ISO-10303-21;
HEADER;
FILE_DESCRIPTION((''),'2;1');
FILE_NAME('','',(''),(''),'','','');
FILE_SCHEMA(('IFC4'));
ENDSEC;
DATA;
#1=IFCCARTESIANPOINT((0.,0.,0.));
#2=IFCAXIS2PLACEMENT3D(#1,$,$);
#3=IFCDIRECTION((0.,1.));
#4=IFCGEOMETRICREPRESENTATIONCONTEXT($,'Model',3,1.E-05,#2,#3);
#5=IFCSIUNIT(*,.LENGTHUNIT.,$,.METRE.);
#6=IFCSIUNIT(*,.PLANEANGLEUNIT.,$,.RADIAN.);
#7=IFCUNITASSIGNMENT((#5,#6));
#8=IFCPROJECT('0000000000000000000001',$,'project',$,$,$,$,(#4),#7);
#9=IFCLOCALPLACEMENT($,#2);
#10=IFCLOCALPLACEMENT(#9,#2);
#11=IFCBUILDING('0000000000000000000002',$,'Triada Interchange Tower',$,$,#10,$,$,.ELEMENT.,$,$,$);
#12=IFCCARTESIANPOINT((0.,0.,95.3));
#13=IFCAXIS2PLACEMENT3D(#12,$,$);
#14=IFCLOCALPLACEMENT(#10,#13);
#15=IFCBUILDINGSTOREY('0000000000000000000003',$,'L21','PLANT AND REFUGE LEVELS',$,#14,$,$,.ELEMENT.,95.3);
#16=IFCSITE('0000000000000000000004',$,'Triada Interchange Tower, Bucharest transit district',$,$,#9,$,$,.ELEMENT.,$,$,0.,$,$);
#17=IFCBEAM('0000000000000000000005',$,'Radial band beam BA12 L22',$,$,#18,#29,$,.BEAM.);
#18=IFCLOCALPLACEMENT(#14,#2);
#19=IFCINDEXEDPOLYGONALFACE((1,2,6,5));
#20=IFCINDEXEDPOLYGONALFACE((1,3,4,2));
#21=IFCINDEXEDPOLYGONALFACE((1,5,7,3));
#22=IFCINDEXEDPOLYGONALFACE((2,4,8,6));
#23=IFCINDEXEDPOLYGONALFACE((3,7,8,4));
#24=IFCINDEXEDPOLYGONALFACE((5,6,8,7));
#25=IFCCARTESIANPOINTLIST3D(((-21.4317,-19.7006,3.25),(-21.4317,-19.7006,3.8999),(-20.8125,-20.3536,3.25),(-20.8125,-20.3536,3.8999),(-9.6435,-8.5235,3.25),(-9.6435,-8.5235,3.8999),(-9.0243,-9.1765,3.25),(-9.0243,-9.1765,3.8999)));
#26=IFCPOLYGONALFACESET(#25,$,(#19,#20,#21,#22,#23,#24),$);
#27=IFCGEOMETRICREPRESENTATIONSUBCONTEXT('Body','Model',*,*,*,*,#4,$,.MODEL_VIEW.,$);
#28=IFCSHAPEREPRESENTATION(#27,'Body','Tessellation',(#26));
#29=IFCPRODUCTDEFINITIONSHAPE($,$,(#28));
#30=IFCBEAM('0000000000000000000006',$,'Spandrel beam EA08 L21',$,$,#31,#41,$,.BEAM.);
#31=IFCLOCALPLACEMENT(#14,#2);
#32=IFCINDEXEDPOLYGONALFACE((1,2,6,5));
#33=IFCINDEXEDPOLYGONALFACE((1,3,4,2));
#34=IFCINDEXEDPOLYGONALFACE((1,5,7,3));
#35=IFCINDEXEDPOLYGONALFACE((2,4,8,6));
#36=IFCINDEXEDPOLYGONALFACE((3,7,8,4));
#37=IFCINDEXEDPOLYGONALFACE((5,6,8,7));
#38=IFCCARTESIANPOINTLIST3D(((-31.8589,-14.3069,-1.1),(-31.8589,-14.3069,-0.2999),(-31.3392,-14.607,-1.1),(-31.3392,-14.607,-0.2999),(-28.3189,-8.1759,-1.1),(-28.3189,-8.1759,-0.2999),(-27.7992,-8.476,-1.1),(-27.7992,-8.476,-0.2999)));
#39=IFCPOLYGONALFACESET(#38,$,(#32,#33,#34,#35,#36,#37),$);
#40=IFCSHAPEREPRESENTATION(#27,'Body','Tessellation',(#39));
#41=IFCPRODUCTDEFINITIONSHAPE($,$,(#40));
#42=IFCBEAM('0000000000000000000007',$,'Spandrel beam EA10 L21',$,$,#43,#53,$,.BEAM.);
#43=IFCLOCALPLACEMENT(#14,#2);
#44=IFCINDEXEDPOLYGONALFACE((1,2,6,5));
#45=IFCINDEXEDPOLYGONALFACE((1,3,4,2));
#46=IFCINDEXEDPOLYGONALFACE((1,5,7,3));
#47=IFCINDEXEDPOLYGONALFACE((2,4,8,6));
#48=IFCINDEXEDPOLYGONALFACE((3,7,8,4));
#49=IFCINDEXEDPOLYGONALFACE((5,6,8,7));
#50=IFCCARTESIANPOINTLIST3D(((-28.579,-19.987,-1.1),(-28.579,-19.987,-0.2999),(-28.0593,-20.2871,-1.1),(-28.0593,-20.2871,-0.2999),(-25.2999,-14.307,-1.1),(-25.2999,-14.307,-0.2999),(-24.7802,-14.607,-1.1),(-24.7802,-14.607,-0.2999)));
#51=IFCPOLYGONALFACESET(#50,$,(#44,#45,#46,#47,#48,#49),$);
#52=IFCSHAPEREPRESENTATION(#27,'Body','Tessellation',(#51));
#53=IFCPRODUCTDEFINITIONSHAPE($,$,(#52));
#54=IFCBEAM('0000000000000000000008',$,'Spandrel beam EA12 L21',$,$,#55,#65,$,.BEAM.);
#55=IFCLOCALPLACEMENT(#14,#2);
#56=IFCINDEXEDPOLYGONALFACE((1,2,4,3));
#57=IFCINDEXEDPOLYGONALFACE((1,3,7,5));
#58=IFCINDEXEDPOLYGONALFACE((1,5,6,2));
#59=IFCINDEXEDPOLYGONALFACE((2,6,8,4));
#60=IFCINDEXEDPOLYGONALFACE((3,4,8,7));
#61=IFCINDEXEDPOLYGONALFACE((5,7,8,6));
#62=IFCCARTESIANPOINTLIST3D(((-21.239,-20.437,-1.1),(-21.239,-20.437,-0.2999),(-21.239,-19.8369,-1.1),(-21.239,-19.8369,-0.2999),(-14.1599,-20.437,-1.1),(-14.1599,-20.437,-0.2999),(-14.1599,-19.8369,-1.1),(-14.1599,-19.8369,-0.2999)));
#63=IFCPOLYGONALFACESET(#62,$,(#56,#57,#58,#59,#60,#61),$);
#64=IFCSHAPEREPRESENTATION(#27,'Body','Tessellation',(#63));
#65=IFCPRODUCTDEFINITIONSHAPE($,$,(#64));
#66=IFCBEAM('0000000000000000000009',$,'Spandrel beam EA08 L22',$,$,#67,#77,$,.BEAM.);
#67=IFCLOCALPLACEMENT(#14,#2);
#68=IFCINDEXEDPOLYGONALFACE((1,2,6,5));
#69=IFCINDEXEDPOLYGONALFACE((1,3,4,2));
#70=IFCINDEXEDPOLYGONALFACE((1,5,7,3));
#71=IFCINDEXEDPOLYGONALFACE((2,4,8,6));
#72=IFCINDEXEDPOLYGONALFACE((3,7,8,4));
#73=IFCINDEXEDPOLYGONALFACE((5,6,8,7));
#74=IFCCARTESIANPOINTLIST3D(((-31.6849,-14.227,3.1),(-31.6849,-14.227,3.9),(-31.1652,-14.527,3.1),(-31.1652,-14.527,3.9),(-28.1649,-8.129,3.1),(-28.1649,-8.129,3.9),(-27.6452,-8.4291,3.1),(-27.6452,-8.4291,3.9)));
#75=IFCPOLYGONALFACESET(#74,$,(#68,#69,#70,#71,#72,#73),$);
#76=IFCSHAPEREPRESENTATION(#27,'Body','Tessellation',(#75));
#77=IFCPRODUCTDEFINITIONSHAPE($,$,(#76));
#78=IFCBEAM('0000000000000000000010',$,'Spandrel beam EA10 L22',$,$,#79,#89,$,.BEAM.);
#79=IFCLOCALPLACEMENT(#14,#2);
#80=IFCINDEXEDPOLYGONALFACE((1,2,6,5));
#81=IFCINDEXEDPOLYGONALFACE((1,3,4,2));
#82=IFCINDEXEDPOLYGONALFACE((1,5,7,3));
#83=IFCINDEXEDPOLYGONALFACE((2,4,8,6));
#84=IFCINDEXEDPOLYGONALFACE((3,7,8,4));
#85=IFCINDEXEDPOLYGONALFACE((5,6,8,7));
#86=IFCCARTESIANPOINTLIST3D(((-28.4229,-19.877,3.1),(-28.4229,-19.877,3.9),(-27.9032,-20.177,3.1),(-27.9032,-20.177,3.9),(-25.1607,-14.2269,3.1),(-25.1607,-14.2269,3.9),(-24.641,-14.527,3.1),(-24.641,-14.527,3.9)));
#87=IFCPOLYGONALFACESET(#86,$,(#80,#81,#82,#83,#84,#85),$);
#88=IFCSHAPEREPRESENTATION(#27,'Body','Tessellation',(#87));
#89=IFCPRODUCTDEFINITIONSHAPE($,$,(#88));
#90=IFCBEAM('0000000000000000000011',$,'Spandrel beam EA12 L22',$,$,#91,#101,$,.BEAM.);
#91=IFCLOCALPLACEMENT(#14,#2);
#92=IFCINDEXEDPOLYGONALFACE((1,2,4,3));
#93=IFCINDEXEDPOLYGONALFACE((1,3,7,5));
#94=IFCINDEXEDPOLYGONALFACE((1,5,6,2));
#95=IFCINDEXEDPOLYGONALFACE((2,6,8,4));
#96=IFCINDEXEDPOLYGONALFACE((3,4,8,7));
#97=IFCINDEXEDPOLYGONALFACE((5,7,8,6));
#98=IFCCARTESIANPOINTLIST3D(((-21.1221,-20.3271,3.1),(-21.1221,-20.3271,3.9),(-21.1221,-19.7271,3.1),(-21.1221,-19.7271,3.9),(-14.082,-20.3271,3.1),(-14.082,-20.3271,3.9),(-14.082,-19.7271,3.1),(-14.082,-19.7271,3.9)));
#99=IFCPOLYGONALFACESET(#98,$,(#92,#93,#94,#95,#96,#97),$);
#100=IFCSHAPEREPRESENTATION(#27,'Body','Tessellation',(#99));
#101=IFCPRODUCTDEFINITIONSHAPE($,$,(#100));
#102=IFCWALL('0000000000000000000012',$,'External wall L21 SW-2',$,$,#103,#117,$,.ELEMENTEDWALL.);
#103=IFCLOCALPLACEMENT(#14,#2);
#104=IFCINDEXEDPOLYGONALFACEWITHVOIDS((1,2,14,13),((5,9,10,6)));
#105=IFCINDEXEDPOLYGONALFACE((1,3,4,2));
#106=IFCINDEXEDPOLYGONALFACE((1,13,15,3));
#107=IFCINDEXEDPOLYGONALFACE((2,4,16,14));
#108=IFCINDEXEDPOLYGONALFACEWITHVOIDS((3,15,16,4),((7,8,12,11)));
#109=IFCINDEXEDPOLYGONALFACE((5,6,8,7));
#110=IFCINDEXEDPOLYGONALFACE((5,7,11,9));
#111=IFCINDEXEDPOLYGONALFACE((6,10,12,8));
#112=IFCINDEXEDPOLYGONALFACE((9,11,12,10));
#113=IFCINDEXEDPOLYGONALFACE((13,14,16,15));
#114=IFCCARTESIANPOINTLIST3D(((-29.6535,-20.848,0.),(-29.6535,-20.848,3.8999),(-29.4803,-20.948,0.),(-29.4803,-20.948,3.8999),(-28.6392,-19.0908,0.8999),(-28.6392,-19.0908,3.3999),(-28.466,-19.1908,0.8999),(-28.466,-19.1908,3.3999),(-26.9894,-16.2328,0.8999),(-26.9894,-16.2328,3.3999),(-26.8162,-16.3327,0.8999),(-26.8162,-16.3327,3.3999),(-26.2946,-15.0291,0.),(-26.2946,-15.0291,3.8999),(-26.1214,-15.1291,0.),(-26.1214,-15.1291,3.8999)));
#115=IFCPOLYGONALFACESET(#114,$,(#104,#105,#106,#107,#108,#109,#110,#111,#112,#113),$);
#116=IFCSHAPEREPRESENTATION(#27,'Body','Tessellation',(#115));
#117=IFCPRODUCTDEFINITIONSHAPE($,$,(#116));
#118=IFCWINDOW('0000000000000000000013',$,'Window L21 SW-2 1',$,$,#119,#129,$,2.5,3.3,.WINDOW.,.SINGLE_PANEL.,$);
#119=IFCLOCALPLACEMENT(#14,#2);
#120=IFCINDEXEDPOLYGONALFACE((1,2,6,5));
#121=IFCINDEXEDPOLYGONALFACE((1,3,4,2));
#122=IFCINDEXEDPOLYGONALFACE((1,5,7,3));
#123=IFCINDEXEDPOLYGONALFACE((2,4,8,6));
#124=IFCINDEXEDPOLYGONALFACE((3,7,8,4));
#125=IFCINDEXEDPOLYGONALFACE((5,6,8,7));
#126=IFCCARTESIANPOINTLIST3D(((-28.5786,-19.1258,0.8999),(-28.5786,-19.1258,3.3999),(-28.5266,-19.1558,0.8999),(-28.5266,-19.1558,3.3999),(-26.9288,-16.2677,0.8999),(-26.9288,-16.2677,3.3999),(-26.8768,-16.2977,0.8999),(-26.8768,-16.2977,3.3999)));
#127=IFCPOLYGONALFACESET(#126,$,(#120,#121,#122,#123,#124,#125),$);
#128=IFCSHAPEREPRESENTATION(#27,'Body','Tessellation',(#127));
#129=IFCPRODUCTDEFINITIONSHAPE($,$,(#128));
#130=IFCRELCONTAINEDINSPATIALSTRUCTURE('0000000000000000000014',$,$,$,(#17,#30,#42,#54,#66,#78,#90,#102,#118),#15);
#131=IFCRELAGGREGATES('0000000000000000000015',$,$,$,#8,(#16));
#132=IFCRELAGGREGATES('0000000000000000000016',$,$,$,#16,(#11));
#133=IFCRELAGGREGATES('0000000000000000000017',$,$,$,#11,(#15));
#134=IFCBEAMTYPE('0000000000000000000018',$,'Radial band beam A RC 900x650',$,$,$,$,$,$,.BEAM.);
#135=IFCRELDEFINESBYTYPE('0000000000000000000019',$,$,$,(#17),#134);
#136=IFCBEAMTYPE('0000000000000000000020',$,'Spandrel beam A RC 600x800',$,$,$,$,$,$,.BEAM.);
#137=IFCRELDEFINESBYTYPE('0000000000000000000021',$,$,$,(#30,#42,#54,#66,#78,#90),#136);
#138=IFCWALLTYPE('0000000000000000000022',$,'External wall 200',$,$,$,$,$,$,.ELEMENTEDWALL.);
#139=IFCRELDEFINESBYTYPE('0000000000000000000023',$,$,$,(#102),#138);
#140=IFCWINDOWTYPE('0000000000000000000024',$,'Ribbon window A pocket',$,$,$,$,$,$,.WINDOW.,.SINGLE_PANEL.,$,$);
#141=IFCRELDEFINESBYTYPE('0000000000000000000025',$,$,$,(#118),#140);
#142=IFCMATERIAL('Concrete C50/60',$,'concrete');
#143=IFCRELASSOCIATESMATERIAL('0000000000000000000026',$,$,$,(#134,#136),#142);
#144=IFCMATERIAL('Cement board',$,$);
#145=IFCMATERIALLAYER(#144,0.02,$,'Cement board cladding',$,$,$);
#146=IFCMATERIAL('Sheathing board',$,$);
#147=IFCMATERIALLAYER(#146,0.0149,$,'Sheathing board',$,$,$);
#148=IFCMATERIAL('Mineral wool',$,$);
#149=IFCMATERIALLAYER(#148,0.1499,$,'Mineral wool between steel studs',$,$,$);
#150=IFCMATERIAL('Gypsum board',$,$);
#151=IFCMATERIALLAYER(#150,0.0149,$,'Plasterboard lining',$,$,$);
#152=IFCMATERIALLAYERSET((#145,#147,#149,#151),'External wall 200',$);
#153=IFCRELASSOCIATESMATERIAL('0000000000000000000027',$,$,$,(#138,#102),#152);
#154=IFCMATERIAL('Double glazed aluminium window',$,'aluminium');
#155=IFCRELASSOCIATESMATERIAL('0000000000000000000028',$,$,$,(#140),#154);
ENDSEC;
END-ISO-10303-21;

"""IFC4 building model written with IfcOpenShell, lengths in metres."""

from ifc_helpers import new_model, si_unit, direction, frame, frame_2d, origin, origin_2d, place, context, subcontext, project, spatial, rectangle, extrude, material, layer, layer_set, layer_usage, material_profile, profile_set, type_object, element, fill, save


model = new_model("IFC4")

# Units and contexts
model_context = context("Model", 3, precision=1e-05, world=origin(), true_north=direction((0.0, 1.0)))
body_context = subcontext(model_context, "Body", "Model", "MODEL_VIEW")
ifc_project = project(units=[si_unit("LENGTHUNIT", "METRE"), si_unit("PLANEANGLEUNIT", "RADIAN")], contexts=[model_context])

# Site, building, storey
site_placement = place(None, origin())
site = spatial("IfcSite", under=ifc_project, at=site_placement, Name="Triada Interchange Tower, Bucharest transit district", CompositionType="ELEMENT", RefElevation=0.0)
building_placement = place(site_placement, origin())
building = spatial("IfcBuilding", under=site, at=building_placement, Name="Triada Interchange Tower", CompositionType="ELEMENT")
storey_placement = place(building_placement, frame((0.0, 0.0, 95.3)))
storey = spatial("IfcBuildingStorey", under=building, at=storey_placement, Name="L21", Description="PLANT AND REFUGE LEVELS", CompositionType="ELEMENT", Elevation=95.3)

# Beams
ifc_material_1 = material(Name="Concrete C50/60", Category="concrete")
ifc_material_profile_1 = material_profile(ifc_material_1, rectangle(XDim=0.8999, YDim=0.6499, at=origin_2d()), Name="RC 900x650")
ifc_profile_set_1 = profile_set([ifc_material_profile_1], Name="Concrete C50/60")
beam_type_1 = type_object("IfcBeamType", Name="Radial band beam A RC 900x650", PredefinedType="BEAM", material=ifc_profile_set_1)
beam_1_placement = place(storey_placement, frame((-21.1221, -20.0271, 3.575), z_axis=(0.725666, 0.688048, 0.0), x_axis=(-0.688048, 0.725666, 0.0)))
element("IfcBeam", 1, at=beam_1_placement, inside=storey, type_object=beam_type_1, Name="Radial band beam BA12 L22", PredefinedType="BEAM", context=body_context, shape_type="SweptSolid", body=[
    extrude(rectangle(XDim=0.8999, YDim=0.6499, at=origin_2d()), origin(), (0.0, 0.0, 1.0), 16.2446),
])
ifc_material_profile_2 = material_profile(ifc_material_1, rectangle(XDim=0.6001, YDim=0.8, at=origin_2d()), Name="RC 600x800")
ifc_profile_set_2 = profile_set([ifc_material_profile_2], Name="Concrete C50/60")
beam_type_2 = type_object("IfcBeamType", Name="Spandrel beam A RC 600x800", PredefinedType="BEAM", material=ifc_profile_set_2)
beam_2_placement = place(storey_placement, frame((-28.0591, -8.3259, -0.7), z_axis=(-0.500026, -0.86601, 0.0), x_axis=(0.86601, -0.500026, 0.0)))
element("IfcBeam", 2, at=beam_2_placement, inside=storey, type_object=beam_type_2, Name="Spandrel beam EA08 L21", PredefinedType="BEAM", context=body_context, shape_type="SweptSolid", body=[
    extrude(rectangle(XDim=0.6001, YDim=0.8, at=origin_2d()), origin(), (0.0, 0.0, 1.0), 7.0796),
])
beam_3_placement = place(storey_placement, frame((-25.04, -14.457, -0.7), z_axis=(-0.499971, -0.866042, 0.0), x_axis=(0.866042, -0.499971, 0.0)))
element("IfcBeam", 3, at=beam_3_placement, inside=storey, type_object=beam_type_2, Name="Spandrel beam EA10 L21", PredefinedType="BEAM", context=body_context, shape_type="SweptSolid", body=[
    extrude(rectangle(XDim=0.6001, YDim=0.8, at=origin_2d()), origin(), (0.0, 0.0, 1.0), 6.5586),
])
beam_4_placement = place(storey_placement, frame((-21.239, -20.137, -0.7), z_axis=(1.0, 0.0, 0.0), x_axis=(0.0, 1.0, 0.0)))
element("IfcBeam", 4, at=beam_4_placement, inside=storey, type_object=beam_type_2, Name="Spandrel beam EA12 L21", PredefinedType="BEAM", context=body_context, shape_type="SweptSolid", body=[
    extrude(rectangle(XDim=0.6001, YDim=0.8, at=origin_2d()), origin(), (0.0, 0.0, 1.0), 7.0791),
])
beam_5_placement = place(storey_placement, frame((-27.905, -8.2791, 3.5), z_axis=(-0.499936, -0.866063, 0.0), x_axis=(0.866063, -0.499936, 0.0)))
element("IfcBeam", 5, at=beam_5_placement, inside=storey, type_object=beam_type_2, Name="Spandrel beam EA08 L22", PredefinedType="BEAM", context=body_context, shape_type="SweptSolid", body=[
    extrude(rectangle(XDim=0.6001, YDim=0.8, at=origin_2d()), origin(), (0.0, 0.0, 1.0), 7.041),
])
beam_6_placement = place(storey_placement, frame((-24.9009, -14.377, 3.5), z_axis=(-0.500011, -0.866019, 0.0), x_axis=(0.866019, -0.500011, 0.0)))
element("IfcBeam", 6, at=beam_6_placement, inside=storey, type_object=beam_type_2, Name="Spandrel beam EA10 L22", PredefinedType="BEAM", context=body_context, shape_type="SweptSolid", body=[
    extrude(rectangle(XDim=0.6001, YDim=0.8, at=origin_2d()), origin(), (0.0, 0.0, 1.0), 6.5242),
])
beam_7_placement = place(storey_placement, frame((-21.1221, -20.0271, 3.5), z_axis=(1.0, 0.0, 0.0), x_axis=(0.0, 1.0, 0.0)))
element("IfcBeam", 7, at=beam_7_placement, inside=storey, type_object=beam_type_2, Name="Spandrel beam EA12 L22", PredefinedType="BEAM", context=body_context, shape_type="SweptSolid", body=[
    extrude(rectangle(XDim=0.6001, YDim=0.8, at=origin_2d()), origin(), (0.0, 0.0, 1.0), 7.04),
])

# Wall, opening, window
ifc_material_2 = material(Name="Cement board")
ifc_layer_1 = layer(ifc_material_2, 0.02, Name="Cement board cladding")
ifc_material_3 = material(Name="Sheathing board")
ifc_layer_2 = layer(ifc_material_3, 0.0149, Name="Sheathing board")
ifc_material_4 = material(Name="Mineral wool")
ifc_layer_3 = layer(ifc_material_4, 0.1499, Name="Mineral wool between steel studs")
ifc_material_5 = material(Name="Gypsum board")
ifc_layer_4 = layer(ifc_material_5, 0.0149, Name="Plasterboard lining")
ifc_layer_set_1 = layer_set([ifc_layer_1, ifc_layer_2, ifc_layer_3, ifc_layer_4], Name="External wall 200")
ifc_layer_usage = layer_usage(ifc_layer_set_1, "AXIS2", "POSITIVE", -0.1001)
wall_type_1 = type_object("IfcWallType", Name="External wall 200", PredefinedType="ELEMENTEDWALL", material=ifc_layer_set_1)
wall_1_placement = place(storey_placement, frame((-26.208, -15.0791, 0.0), z_axis=(0.0, 0.0, 1.0), x_axis=(-0.49993, -0.866066, 0.0)))
wall_1 = element("IfcWall", 8, at=wall_1_placement, inside=storey, type_object=wall_type_1, material=ifc_layer_usage, Name="External wall L21 SW-2", PredefinedType="ELEMENTEDWALL", context=body_context, shape_type="SweptSolid", body=[
    extrude(rectangle(XDim=6.7188, YDim=0.2, at=frame_2d((3.3594, 0.0))), origin(), (0.0, 0.0, 1.0), 3.8999),
])
opening_1_placement = place(wall_1_placement, frame((1.3899, 0.0, 0.8999)))
opening_1 = element("IfcOpeningElement", 9, at=opening_1_placement, cuts=wall_1, PredefinedType="OPENING", context=body_context, shape_type="SweptSolid", body=[
    extrude(rectangle(XDim=3.3, YDim=2.5, at=frame_2d((1.6499, 1.25))), frame((0.0, 0.1099, 0.0), z_axis=(0.0, -1.0, 0.0), x_axis=(1.0, 0.0, 0.0)), (0.0, 0.0, 1.0), 0.22),
])
ifc_material_6 = material(Name="Double glazed aluminium window", Category="aluminium")
window_type = type_object("IfcWindowType", Name="Ribbon window A pocket", PartitioningType="SINGLE_PANEL", PredefinedType="WINDOW", material=ifc_material_6)
window_placement = place(opening_1_placement, origin())
window = element("IfcWindow", 10, at=window_placement, inside=storey, type_object=window_type, Name="Window L21 SW-2 1", OverallHeight=2.5, OverallWidth=3.3, PartitioningType="SINGLE_PANEL", PredefinedType="WINDOW", context=body_context, shape_type="SweptSolid", body=[
    extrude(rectangle(XDim=3.3, YDim=2.5, at=frame_2d((1.6499, 1.25))), frame((0.0, 0.03, 0.0), z_axis=(0.0, -1.0, 0.0), x_axis=(1.0, 0.0, 0.0)), (0.0, 0.0, 1.0), 0.0601),
])
fill(opening_1, window)

save(model, "model.ifc")
